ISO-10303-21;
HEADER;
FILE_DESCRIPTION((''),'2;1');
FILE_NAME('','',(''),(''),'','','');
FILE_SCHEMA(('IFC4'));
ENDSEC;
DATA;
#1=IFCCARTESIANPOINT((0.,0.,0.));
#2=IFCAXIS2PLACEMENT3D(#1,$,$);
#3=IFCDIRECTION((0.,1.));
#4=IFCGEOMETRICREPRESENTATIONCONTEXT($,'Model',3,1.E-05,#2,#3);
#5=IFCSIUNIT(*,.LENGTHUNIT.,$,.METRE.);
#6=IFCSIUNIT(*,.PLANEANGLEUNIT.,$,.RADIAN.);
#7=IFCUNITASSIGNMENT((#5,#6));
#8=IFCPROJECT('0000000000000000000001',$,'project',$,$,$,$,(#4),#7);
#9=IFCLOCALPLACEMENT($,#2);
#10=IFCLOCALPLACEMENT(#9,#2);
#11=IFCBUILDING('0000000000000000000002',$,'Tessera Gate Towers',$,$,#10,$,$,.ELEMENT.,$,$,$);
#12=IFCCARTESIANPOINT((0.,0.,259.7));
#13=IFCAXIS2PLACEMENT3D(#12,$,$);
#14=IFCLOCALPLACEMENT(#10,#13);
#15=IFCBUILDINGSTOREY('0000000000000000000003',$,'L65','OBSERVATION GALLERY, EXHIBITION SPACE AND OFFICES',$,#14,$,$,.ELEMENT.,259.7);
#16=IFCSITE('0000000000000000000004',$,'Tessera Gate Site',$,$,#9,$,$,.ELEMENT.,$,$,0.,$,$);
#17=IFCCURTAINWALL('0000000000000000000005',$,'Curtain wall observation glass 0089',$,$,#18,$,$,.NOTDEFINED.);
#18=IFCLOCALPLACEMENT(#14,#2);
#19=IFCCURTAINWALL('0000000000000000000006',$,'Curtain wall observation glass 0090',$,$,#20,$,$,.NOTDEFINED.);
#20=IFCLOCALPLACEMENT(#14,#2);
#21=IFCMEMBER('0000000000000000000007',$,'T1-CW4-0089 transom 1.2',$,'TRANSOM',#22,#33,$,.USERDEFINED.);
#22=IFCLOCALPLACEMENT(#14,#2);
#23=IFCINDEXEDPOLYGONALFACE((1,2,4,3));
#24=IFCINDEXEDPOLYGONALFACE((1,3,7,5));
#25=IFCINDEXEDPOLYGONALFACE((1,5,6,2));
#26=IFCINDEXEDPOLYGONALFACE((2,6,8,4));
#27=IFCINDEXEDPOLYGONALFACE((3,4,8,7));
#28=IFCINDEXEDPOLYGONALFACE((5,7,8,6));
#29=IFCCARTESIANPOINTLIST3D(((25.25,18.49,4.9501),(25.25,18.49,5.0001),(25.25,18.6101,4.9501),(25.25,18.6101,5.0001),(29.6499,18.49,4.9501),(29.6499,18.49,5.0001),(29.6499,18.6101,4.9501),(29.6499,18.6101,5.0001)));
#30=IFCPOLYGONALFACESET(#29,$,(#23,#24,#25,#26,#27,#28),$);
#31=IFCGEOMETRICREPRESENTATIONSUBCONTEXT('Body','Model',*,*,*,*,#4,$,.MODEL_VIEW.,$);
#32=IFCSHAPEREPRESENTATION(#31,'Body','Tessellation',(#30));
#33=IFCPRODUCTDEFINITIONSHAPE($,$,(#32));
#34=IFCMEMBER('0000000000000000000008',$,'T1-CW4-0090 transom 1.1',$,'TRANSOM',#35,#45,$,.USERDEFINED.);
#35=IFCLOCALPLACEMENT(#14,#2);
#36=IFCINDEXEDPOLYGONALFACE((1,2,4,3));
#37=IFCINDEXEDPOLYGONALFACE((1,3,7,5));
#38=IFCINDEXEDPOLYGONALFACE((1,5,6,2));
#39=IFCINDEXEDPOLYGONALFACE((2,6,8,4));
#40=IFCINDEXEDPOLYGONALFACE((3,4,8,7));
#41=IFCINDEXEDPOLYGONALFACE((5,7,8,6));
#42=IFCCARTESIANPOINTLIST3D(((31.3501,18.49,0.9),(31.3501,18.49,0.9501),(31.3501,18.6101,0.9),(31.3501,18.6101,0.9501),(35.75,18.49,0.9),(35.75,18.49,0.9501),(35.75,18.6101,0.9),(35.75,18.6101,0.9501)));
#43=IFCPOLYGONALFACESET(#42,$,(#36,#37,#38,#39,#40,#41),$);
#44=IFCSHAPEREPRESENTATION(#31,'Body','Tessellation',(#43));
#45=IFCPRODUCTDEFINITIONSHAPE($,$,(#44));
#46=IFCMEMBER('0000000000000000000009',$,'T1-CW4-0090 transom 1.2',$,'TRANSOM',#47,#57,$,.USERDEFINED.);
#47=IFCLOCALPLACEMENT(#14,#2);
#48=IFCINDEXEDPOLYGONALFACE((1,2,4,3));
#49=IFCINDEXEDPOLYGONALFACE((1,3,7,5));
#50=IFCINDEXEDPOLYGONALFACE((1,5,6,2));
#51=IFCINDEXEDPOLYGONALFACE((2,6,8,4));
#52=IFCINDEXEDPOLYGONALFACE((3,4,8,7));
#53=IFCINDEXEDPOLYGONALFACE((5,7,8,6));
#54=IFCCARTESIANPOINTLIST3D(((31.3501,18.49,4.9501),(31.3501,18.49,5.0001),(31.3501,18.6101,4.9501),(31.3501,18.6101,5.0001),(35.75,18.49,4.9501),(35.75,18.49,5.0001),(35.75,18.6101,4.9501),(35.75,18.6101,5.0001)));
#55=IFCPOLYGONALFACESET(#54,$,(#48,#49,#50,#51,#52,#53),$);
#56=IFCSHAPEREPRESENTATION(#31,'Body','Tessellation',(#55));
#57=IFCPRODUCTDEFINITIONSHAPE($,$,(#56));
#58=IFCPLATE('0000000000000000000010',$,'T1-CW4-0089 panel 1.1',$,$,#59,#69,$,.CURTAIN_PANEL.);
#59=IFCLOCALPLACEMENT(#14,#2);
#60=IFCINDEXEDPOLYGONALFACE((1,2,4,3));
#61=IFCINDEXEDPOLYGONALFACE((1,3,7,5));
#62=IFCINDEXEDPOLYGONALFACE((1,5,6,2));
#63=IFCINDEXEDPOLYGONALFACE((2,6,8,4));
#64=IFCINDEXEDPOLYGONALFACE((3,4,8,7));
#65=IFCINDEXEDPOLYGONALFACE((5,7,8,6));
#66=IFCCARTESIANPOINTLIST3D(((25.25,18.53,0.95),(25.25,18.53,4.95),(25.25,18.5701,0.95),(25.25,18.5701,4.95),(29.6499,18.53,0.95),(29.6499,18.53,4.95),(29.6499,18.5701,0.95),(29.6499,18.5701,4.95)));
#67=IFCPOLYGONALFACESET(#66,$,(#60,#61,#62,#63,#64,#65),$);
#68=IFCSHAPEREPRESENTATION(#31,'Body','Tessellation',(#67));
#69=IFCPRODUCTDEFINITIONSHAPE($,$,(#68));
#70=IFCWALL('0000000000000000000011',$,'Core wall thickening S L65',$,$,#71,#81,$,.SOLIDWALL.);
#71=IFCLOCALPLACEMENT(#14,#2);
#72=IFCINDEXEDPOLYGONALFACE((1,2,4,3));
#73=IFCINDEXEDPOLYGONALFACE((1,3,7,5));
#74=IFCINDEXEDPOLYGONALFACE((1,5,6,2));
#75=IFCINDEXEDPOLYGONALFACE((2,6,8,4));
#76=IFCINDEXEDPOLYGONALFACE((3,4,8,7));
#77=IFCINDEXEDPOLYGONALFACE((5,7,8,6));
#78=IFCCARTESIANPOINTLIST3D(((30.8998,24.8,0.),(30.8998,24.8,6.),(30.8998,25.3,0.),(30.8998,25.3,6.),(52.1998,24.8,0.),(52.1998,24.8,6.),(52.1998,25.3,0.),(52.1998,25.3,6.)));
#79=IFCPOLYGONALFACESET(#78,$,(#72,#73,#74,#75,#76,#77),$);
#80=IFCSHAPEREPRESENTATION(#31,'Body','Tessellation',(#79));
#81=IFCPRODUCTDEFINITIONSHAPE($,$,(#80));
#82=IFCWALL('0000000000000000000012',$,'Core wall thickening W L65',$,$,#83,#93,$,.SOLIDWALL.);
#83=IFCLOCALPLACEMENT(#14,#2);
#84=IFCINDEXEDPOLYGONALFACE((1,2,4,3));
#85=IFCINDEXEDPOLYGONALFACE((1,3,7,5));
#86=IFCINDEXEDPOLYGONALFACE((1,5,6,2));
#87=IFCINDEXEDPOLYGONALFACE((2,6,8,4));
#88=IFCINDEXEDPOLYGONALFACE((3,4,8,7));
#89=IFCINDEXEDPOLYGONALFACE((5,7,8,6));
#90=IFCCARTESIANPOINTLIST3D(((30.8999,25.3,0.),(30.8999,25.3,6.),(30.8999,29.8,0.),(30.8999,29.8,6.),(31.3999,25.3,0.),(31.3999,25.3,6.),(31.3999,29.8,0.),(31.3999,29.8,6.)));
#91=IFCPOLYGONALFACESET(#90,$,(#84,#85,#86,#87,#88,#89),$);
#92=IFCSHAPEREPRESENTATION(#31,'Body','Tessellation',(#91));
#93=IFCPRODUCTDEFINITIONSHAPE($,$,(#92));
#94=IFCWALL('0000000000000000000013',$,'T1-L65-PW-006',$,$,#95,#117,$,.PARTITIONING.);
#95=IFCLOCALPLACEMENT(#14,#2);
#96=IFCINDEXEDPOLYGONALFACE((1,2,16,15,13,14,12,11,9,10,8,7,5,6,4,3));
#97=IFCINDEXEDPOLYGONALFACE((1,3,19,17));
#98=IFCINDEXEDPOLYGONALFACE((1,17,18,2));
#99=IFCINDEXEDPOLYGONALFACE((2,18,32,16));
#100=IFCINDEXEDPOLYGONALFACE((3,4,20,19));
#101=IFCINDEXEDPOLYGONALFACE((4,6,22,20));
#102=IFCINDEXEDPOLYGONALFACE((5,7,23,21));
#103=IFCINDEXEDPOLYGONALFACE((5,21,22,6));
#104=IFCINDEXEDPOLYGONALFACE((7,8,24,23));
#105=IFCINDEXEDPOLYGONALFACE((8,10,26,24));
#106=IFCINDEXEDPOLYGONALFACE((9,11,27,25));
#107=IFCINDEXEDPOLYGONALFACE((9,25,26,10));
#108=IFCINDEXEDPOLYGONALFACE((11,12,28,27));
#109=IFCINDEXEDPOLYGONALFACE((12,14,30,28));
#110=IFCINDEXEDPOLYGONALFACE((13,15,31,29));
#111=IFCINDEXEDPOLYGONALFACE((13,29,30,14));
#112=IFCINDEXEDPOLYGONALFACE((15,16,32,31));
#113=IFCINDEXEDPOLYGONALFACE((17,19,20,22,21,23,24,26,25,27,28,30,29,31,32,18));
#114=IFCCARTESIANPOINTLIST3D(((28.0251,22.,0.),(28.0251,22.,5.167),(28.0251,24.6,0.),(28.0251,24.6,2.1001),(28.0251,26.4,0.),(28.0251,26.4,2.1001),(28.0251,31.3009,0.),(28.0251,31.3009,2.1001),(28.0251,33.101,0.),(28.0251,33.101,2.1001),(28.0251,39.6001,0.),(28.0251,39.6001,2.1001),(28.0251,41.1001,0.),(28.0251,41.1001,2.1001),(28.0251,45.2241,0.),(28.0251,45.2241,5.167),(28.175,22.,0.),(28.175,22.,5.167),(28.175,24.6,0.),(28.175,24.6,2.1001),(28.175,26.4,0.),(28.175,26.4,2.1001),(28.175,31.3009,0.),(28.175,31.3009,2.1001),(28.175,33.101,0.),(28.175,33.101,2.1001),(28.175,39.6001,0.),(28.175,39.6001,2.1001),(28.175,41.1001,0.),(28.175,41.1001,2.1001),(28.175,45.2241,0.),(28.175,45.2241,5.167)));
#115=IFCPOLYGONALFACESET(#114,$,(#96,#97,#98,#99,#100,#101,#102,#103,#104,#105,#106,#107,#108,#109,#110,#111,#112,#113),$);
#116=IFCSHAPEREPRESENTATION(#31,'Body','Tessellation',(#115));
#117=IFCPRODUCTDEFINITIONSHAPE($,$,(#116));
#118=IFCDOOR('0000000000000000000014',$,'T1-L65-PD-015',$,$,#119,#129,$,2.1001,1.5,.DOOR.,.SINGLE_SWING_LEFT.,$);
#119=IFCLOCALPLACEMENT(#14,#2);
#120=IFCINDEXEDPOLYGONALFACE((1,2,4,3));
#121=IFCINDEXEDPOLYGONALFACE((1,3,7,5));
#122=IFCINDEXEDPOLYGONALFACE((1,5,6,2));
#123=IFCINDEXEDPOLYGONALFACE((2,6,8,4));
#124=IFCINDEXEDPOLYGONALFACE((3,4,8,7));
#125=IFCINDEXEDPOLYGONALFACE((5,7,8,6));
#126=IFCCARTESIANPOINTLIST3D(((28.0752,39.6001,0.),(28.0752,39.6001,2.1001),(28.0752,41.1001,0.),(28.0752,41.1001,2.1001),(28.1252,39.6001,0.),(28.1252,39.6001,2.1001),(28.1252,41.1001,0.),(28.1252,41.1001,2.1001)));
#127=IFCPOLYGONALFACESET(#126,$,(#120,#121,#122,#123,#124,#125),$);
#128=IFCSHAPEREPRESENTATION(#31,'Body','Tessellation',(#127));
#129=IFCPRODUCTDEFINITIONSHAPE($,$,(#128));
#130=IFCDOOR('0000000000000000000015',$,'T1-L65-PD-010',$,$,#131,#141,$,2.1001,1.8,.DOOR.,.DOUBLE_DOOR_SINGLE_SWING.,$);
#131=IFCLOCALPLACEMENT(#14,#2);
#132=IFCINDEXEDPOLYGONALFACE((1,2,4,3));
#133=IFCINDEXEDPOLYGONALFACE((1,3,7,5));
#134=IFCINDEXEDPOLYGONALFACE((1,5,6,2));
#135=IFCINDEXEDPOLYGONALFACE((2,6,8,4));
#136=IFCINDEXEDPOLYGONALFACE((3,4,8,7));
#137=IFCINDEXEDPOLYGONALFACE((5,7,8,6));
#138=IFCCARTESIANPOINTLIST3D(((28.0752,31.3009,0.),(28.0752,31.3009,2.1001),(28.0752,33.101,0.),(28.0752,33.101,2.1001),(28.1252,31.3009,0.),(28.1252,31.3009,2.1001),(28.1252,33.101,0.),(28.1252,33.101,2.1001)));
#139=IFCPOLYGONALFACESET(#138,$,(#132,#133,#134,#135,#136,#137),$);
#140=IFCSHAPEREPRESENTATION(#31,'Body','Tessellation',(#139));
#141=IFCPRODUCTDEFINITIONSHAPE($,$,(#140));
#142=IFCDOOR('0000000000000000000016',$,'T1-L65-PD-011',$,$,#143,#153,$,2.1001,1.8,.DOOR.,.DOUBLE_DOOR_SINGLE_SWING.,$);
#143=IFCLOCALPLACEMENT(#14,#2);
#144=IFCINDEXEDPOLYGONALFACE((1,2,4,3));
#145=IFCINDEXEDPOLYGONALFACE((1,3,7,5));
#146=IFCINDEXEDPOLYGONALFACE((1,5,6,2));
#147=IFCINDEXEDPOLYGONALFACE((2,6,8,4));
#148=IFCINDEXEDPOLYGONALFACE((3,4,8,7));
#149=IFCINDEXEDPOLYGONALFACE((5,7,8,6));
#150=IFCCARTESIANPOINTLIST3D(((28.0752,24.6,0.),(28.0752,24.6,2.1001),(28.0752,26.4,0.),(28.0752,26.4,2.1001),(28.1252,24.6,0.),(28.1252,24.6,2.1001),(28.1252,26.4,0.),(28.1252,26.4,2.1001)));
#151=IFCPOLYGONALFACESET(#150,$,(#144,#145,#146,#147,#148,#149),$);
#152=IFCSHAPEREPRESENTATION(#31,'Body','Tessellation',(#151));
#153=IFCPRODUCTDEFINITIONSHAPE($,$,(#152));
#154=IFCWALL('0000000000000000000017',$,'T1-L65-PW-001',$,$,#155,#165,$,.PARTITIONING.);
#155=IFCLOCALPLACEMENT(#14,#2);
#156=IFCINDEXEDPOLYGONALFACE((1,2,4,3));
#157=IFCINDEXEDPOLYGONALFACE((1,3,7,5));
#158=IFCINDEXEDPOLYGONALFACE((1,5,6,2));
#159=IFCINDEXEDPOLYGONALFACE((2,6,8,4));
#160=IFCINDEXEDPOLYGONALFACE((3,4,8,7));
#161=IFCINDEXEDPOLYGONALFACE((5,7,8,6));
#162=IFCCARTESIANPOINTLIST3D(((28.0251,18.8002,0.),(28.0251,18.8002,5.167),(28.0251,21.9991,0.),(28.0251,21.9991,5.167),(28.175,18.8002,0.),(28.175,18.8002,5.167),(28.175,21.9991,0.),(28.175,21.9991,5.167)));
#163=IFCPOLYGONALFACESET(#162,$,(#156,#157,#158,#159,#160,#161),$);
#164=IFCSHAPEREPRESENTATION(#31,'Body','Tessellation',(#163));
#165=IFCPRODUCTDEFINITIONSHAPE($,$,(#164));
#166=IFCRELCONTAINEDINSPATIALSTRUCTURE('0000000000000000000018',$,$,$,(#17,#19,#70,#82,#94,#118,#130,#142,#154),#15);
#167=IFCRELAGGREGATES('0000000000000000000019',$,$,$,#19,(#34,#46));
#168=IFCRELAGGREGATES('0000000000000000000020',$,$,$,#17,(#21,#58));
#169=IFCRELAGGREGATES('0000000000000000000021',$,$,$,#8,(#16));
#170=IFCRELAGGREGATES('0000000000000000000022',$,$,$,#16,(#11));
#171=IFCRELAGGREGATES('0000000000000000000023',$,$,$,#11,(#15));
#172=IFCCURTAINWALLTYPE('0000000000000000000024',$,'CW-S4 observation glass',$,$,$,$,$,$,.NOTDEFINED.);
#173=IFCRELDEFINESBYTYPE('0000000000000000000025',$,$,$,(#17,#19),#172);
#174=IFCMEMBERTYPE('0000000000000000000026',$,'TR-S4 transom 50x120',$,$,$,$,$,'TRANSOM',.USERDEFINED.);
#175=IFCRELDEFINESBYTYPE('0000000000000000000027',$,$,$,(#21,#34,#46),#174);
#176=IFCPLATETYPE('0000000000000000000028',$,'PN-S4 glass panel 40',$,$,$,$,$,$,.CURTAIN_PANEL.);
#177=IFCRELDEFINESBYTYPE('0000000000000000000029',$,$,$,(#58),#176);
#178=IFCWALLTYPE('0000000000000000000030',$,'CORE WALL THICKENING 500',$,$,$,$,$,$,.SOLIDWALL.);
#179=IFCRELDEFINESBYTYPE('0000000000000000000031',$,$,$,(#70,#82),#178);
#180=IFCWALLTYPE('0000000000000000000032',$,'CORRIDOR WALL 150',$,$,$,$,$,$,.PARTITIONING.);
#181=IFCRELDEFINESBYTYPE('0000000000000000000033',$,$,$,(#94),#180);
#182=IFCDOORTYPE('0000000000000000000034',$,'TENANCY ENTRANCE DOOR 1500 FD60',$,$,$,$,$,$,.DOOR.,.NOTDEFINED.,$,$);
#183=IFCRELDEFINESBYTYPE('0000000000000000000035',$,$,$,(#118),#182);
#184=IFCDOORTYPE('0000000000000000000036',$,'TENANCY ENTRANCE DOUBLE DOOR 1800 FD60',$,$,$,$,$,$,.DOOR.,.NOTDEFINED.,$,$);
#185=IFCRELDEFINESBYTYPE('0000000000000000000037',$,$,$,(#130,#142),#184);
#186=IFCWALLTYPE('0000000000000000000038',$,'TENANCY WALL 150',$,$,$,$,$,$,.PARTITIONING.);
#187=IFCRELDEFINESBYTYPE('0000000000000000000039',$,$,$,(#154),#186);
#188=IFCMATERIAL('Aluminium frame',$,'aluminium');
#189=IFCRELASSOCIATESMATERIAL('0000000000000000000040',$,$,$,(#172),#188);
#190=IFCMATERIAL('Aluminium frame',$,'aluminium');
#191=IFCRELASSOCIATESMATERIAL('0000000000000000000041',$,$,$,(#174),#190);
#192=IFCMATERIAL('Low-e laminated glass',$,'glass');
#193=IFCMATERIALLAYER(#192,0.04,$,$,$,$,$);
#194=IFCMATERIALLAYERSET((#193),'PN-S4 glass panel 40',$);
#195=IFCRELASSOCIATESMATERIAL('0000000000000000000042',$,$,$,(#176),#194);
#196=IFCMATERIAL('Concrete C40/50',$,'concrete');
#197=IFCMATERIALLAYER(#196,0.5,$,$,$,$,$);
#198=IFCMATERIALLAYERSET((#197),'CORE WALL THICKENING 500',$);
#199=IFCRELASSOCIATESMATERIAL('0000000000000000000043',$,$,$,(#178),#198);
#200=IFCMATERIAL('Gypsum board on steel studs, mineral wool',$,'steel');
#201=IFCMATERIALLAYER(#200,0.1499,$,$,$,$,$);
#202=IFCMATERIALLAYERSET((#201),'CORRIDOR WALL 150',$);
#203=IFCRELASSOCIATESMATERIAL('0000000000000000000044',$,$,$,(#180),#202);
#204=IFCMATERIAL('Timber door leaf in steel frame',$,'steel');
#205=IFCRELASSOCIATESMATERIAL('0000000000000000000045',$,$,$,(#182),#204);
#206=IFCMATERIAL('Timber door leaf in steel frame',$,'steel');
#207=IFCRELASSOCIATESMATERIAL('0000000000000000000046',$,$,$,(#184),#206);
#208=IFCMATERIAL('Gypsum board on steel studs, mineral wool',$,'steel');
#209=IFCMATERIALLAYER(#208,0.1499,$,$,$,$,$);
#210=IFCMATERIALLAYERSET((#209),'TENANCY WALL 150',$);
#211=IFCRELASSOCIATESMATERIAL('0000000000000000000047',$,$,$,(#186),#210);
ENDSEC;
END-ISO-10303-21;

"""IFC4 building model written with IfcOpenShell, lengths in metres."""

from ifc_helpers import new_model, si_unit, direction, frame, frame_2d, origin, origin_2d, place, context, subcontext, project, spatial, rectangle, extrude, source, transform, mapped, material, layer, layer_set, material_profile, profile_set, type_object, element, fill, aggregate, save


model = new_model("IFC4")

# Units and contexts
model_context = context("Model", 3, precision=1e-05, world=origin(), true_north=direction((0.0, 1.0)))
body_context = subcontext(model_context, "Body", "Model", "MODEL_VIEW")
ifc_project = project(units=[si_unit("LENGTHUNIT", "METRE"), si_unit("PLANEANGLEUNIT", "RADIAN")], contexts=[model_context])

# Site, building, storey
site_placement = place(None, origin())
site = spatial("IfcSite", under=ifc_project, at=site_placement, Name="Tessera Gate Site", CompositionType="ELEMENT", RefElevation=0.0)
building_placement = place(site_placement, origin())
building = spatial("IfcBuilding", under=site, at=building_placement, Name="Tessera Gate Towers", CompositionType="ELEMENT")
storey_placement = place(building_placement, frame((0.0, 0.0, 259.7)))
storey = spatial("IfcBuildingStorey", under=building, at=storey_placement, Name="L65", Description="OBSERVATION GALLERY, EXHIBITION SPACE AND OFFICES", CompositionType="ELEMENT", Elevation=259.7)

# Curtain wall
ifc_material_1 = material(Name="Aluminium frame", Category="aluminium")
curtain_wall_type = type_object("IfcCurtainWallType", Name="CW-S4 observation glass", PredefinedType="NOTDEFINED", material=ifc_material_1)
curtain_wall_1_placement = place(storey_placement, origin())
curtain_wall_1 = element("IfcCurtainWall", 1, at=curtain_wall_1_placement, inside=storey, type_object=curtain_wall_type, Name="Curtain wall observation glass 0089", PredefinedType="NOTDEFINED")

# Curtain wall
curtain_wall_2_placement = place(storey_placement, origin())
curtain_wall_2 = element("IfcCurtainWall", 2, at=curtain_wall_2_placement, inside=storey, type_object=curtain_wall_type, Name="Curtain wall observation glass 0090", PredefinedType="NOTDEFINED")

# Members
ifc_material_2 = material(Name="Aluminium frame", Category="aluminium")
ifc_material_profile_1 = material_profile(ifc_material_2, rectangle(XDim=0.1201, YDim=0.05, at=origin_2d()), Name="AL 50x120")
ifc_profile_set_1 = profile_set([ifc_material_profile_1], Name="Aluminium frame")
member_type_1 = type_object("IfcMemberType", Name="TR-S4 transom 50x120", ElementType="TRANSOM", PredefinedType="USERDEFINED", material=ifc_profile_set_1)
member_1_placement = place(storey_placement, frame((25.25, 18.55, 4.9751), z_axis=(1.0, 0.0, 0.0), x_axis=(0.0, 1.0, 0.0)))
member_1 = element("IfcMember", 3, at=member_1_placement, type_object=member_type_1, Name="T1-CW4-0089 transom 1.2", ObjectType="TRANSOM", PredefinedType="USERDEFINED", context=body_context, shape_type="SweptSolid", body=[
    extrude(rectangle(XDim=0.1201, YDim=0.05, at=origin_2d()), origin(), (0.0, 0.0, 1.0), 4.3999),
])
member_2_placement = place(storey_placement, frame((31.3501, 18.55, 0.925), z_axis=(1.0, 0.0, 0.0), x_axis=(0.0, 1.0, 0.0)))
member_2 = element("IfcMember", 4, at=member_2_placement, type_object=member_type_1, Name="T1-CW4-0090 transom 1.1", ObjectType="TRANSOM", PredefinedType="USERDEFINED", context=body_context, shape_type="SweptSolid", body=[
    extrude(rectangle(XDim=0.1201, YDim=0.05, at=origin_2d()), origin(), (0.0, 0.0, 1.0), 4.3999),
])
member_3_placement = place(storey_placement, frame((31.3501, 18.55, 4.9751), z_axis=(1.0, 0.0, 0.0), x_axis=(0.0, 1.0, 0.0)))
member_3 = element("IfcMember", 5, at=member_3_placement, type_object=member_type_1, Name="T1-CW4-0090 transom 1.2", ObjectType="TRANSOM", PredefinedType="USERDEFINED", context=body_context, shape_type="SweptSolid", body=[
    extrude(rectangle(XDim=0.1201, YDim=0.05, at=origin_2d()), origin(), (0.0, 0.0, 1.0), 4.3999),
])
aggregate(curtain_wall_2, [member_2, member_3])

# Plate
ifc_material_3 = material(Name="Low-e laminated glass", Category="glass")
ifc_layer_1 = layer(ifc_material_3, 0.04)
ifc_layer_set_1 = layer_set([ifc_layer_1], Name="PN-S4 glass panel 40")
plate_type = type_object("IfcPlateType", Name="PN-S4 glass panel 40", PredefinedType="CURTAIN_PANEL", material=ifc_layer_set_1)
plate_placement = place(storey_placement, frame((27.45, 18.55, 0.95), z_axis=(0.0, 0.0, 1.0), x_axis=(1.0, 0.0, 0.0)))
plate = element("IfcPlate", 6, at=plate_placement, type_object=plate_type, Name="T1-CW4-0089 panel 1.1", PredefinedType="CURTAIN_PANEL", context=body_context, shape_type="SweptSolid", body=[
    extrude(rectangle(XDim=4.3999, YDim=0.04, at=origin_2d()), origin(), (0.0, 0.0, 1.0), 4.0),
])
aggregate(curtain_wall_1, [member_1, plate])

# Walls
ifc_material_4 = material(Name="Concrete C40/50", Category="concrete")
ifc_layer_2 = layer(ifc_material_4, 0.5)
ifc_layer_set_2 = layer_set([ifc_layer_2], Name="CORE WALL THICKENING 500")
wall_type_1 = type_object("IfcWallType", Name="CORE WALL THICKENING 500", PredefinedType="SOLIDWALL", material=ifc_layer_set_2)
wall_1_placement = place(storey_placement, frame((30.8999, 25.05, 0.0), z_axis=(0.0, 0.0, 1.0), x_axis=(1.0, 0.0, 0.0)))
element("IfcWall", 7, at=wall_1_placement, inside=storey, type_object=wall_type_1, Name="Core wall thickening S L65", PredefinedType="SOLIDWALL", context=body_context, shape_type="SweptSolid", body=[
    extrude(rectangle(XDim=21.3, YDim=0.5, at=frame_2d((10.6499, 0.0))), origin(), (0.0, 0.0, 1.0), 6.0),
])
wall_2_placement = place(storey_placement, frame((31.1499, 25.3, 0.0), z_axis=(0.0, 0.0, 1.0), x_axis=(0.0, 1.0, 0.0)))
element("IfcWall", 8, at=wall_2_placement, inside=storey, type_object=wall_type_1, Name="Core wall thickening W L65", PredefinedType="SOLIDWALL", context=body_context, shape_type="SweptSolid", body=[
    extrude(rectangle(XDim=4.5, YDim=0.5, at=frame_2d((2.25, 0.0))), origin(), (0.0, 0.0, 1.0), 6.0),
])

# Wall, openings, doors
ifc_material_5 = material(Name="Gypsum board on steel studs, mineral wool", Category="steel")
ifc_layer_3 = layer(ifc_material_5, 0.1499)
ifc_layer_set_3 = layer_set([ifc_layer_3], Name="CORRIDOR WALL 150")
wall_type_2 = type_object("IfcWallType", Name="CORRIDOR WALL 150", PredefinedType="PARTITIONING", material=ifc_layer_set_3)
wall_3_placement = place(storey_placement, frame((28.1001, 22.0, 0.0), z_axis=(0.0, 0.0, 1.0), x_axis=(0.0, 1.0, 0.0)))
wall_3 = element("IfcWall", 9, at=wall_3_placement, inside=storey, type_object=wall_type_2, Name="T1-L65-PW-006", PredefinedType="PARTITIONING", context=body_context, shape_type="SweptSolid", body=[
    extrude(rectangle(XDim=23.2241, YDim=0.1499, at=frame_2d((11.6121, 0.0))), origin(), (0.0, 0.0, 1.0), 5.167),
])
shared_shape_1 = source(origin(), body_context, "Body", "SweptSolid", [
    extrude(rectangle(XDim=1.8, YDim=2.1001, at=frame_2d((0.8999, 1.05))), frame((0.0, 0.085, 0.0), z_axis=(0.0, -1.0, 0.0), x_axis=(1.0, 0.0, 0.0)), (0.0, 0.0, 1.0), 0.1699),
])
opening_1_placement = place(wall_3_placement, frame((9.301, 0.0, 0.0)))
opening_1 = element("IfcOpeningElement", 10, at=opening_1_placement, cuts=wall_3, PredefinedType="OPENING", context=body_context, shape_type="MappedRepresentation", body=[
    mapped(shared_shape_1, transform((0.0, 0.0, 0.0), scale=1.0)),
])
opening_2_placement = place(wall_3_placement, frame((2.6001, 0.0, 0.0)))
opening_2 = element("IfcOpeningElement", 11, at=opening_2_placement, cuts=wall_3, PredefinedType="OPENING", context=body_context, shape_type="MappedRepresentation", body=[
    mapped(shared_shape_1, transform((0.0, 0.0, 0.0), scale=1.0)),
])
shared_shape_2 = source(origin(), body_context, "Body", "SweptSolid", [
    extrude(rectangle(XDim=1.5, YDim=2.1001, at=frame_2d((0.75, 1.05))), frame((0.0, 0.085, 0.0), z_axis=(0.0, -1.0, 0.0), x_axis=(1.0, 0.0, 0.0)), (0.0, 0.0, 1.0), 0.1699),
])
opening_3_placement = place(wall_3_placement, frame((17.6001, 0.0, 0.0)))
opening_3 = element("IfcOpeningElement", 12, at=opening_3_placement, cuts=wall_3, PredefinedType="OPENING", context=body_context, shape_type="MappedRepresentation", body=[
    mapped(shared_shape_2, transform((0.0, 0.0, 0.0), scale=1.0)),
])
ifc_material_6 = material(Name="Timber door leaf in steel frame", Category="steel")
door_type_1 = type_object("IfcDoorType", Name="TENANCY ENTRANCE DOOR 1500 FD60", OperationType="NOTDEFINED", PredefinedType="DOOR", material=ifc_material_6)
shared_shape_3 = source(origin(), body_context, "Body", "SweptSolid", [
    extrude(rectangle(XDim=1.5, YDim=2.1001, at=frame_2d((0.75, 1.05))), frame((0.0, 0.0249, 0.0), z_axis=(0.0, -1.0, 0.0), x_axis=(1.0, 0.0, 0.0)), (0.0, 0.0, 1.0), 0.05),
])
door_1_placement = place(opening_3_placement, origin())
door_1 = element("IfcDoor", 13, at=door_1_placement, inside=storey, type_object=door_type_1, Name="T1-L65-PD-015", OperationType="SINGLE_SWING_LEFT", OverallHeight=2.1001, OverallWidth=1.5, PredefinedType="DOOR", context=body_context, shape_type="MappedRepresentation", body=[
    mapped(shared_shape_3, transform((0.0, 0.0, 0.0), scale=1.0)),
])
fill(opening_3, door_1)
ifc_material_7 = material(Name="Timber door leaf in steel frame", Category="steel")
door_type_2 = type_object("IfcDoorType", Name="TENANCY ENTRANCE DOUBLE DOOR 1800 FD60", OperationType="NOTDEFINED", PredefinedType="DOOR", material=ifc_material_7)
shared_shape_4 = source(origin(), body_context, "Body", "SweptSolid", [
    extrude(rectangle(XDim=1.8, YDim=2.1001, at=frame_2d((0.8999, 1.05))), frame((0.0, 0.0249, 0.0), z_axis=(0.0, -1.0, 0.0), x_axis=(1.0, 0.0, 0.0)), (0.0, 0.0, 1.0), 0.05),
])
door_2_placement = place(opening_1_placement, origin())
door_2 = element("IfcDoor", 14, at=door_2_placement, inside=storey, type_object=door_type_2, Name="T1-L65-PD-010", OperationType="DOUBLE_DOOR_SINGLE_SWING", OverallHeight=2.1001, OverallWidth=1.8, PredefinedType="DOOR", context=body_context, shape_type="MappedRepresentation", body=[
    mapped(shared_shape_4, transform((0.0, 0.0, 0.0), scale=1.0)),
])
fill(opening_1, door_2)
door_3_placement = place(opening_2_placement, origin())
door_3 = element("IfcDoor", 15, at=door_3_placement, inside=storey, type_object=door_type_2, Name="T1-L65-PD-011", OperationType="DOUBLE_DOOR_SINGLE_SWING", OverallHeight=2.1001, OverallWidth=1.8, PredefinedType="DOOR", context=body_context, shape_type="MappedRepresentation", body=[
    mapped(shared_shape_4, transform((0.0, 0.0, 0.0), scale=1.0)),
])
fill(opening_2, door_3)

# Wall
ifc_material_8 = material(Name="Gypsum board on steel studs, mineral wool", Category="steel")
ifc_layer_4 = layer(ifc_material_8, 0.1499)
ifc_layer_set_4 = layer_set([ifc_layer_4], Name="TENANCY WALL 150")
wall_type_3 = type_object("IfcWallType", Name="TENANCY WALL 150", PredefinedType="PARTITIONING", material=ifc_layer_set_4)
wall_4_placement = place(storey_placement, frame((28.1001, 18.8, 0.0), z_axis=(0.0, 0.0, 1.0), x_axis=(0.0, 1.0, 0.0)))
element("IfcWall", 16, at=wall_4_placement, inside=storey, type_object=wall_type_3, Name="T1-L65-PW-001", PredefinedType="PARTITIONING", context=body_context, shape_type="SweptSolid", body=[
    extrude(rectangle(XDim=3.199, YDim=0.1499, at=frame_2d((1.5996, 0.0))), origin(), (0.0, 0.0, 1.0), 5.167),
])

save(model, "model.ifc")
